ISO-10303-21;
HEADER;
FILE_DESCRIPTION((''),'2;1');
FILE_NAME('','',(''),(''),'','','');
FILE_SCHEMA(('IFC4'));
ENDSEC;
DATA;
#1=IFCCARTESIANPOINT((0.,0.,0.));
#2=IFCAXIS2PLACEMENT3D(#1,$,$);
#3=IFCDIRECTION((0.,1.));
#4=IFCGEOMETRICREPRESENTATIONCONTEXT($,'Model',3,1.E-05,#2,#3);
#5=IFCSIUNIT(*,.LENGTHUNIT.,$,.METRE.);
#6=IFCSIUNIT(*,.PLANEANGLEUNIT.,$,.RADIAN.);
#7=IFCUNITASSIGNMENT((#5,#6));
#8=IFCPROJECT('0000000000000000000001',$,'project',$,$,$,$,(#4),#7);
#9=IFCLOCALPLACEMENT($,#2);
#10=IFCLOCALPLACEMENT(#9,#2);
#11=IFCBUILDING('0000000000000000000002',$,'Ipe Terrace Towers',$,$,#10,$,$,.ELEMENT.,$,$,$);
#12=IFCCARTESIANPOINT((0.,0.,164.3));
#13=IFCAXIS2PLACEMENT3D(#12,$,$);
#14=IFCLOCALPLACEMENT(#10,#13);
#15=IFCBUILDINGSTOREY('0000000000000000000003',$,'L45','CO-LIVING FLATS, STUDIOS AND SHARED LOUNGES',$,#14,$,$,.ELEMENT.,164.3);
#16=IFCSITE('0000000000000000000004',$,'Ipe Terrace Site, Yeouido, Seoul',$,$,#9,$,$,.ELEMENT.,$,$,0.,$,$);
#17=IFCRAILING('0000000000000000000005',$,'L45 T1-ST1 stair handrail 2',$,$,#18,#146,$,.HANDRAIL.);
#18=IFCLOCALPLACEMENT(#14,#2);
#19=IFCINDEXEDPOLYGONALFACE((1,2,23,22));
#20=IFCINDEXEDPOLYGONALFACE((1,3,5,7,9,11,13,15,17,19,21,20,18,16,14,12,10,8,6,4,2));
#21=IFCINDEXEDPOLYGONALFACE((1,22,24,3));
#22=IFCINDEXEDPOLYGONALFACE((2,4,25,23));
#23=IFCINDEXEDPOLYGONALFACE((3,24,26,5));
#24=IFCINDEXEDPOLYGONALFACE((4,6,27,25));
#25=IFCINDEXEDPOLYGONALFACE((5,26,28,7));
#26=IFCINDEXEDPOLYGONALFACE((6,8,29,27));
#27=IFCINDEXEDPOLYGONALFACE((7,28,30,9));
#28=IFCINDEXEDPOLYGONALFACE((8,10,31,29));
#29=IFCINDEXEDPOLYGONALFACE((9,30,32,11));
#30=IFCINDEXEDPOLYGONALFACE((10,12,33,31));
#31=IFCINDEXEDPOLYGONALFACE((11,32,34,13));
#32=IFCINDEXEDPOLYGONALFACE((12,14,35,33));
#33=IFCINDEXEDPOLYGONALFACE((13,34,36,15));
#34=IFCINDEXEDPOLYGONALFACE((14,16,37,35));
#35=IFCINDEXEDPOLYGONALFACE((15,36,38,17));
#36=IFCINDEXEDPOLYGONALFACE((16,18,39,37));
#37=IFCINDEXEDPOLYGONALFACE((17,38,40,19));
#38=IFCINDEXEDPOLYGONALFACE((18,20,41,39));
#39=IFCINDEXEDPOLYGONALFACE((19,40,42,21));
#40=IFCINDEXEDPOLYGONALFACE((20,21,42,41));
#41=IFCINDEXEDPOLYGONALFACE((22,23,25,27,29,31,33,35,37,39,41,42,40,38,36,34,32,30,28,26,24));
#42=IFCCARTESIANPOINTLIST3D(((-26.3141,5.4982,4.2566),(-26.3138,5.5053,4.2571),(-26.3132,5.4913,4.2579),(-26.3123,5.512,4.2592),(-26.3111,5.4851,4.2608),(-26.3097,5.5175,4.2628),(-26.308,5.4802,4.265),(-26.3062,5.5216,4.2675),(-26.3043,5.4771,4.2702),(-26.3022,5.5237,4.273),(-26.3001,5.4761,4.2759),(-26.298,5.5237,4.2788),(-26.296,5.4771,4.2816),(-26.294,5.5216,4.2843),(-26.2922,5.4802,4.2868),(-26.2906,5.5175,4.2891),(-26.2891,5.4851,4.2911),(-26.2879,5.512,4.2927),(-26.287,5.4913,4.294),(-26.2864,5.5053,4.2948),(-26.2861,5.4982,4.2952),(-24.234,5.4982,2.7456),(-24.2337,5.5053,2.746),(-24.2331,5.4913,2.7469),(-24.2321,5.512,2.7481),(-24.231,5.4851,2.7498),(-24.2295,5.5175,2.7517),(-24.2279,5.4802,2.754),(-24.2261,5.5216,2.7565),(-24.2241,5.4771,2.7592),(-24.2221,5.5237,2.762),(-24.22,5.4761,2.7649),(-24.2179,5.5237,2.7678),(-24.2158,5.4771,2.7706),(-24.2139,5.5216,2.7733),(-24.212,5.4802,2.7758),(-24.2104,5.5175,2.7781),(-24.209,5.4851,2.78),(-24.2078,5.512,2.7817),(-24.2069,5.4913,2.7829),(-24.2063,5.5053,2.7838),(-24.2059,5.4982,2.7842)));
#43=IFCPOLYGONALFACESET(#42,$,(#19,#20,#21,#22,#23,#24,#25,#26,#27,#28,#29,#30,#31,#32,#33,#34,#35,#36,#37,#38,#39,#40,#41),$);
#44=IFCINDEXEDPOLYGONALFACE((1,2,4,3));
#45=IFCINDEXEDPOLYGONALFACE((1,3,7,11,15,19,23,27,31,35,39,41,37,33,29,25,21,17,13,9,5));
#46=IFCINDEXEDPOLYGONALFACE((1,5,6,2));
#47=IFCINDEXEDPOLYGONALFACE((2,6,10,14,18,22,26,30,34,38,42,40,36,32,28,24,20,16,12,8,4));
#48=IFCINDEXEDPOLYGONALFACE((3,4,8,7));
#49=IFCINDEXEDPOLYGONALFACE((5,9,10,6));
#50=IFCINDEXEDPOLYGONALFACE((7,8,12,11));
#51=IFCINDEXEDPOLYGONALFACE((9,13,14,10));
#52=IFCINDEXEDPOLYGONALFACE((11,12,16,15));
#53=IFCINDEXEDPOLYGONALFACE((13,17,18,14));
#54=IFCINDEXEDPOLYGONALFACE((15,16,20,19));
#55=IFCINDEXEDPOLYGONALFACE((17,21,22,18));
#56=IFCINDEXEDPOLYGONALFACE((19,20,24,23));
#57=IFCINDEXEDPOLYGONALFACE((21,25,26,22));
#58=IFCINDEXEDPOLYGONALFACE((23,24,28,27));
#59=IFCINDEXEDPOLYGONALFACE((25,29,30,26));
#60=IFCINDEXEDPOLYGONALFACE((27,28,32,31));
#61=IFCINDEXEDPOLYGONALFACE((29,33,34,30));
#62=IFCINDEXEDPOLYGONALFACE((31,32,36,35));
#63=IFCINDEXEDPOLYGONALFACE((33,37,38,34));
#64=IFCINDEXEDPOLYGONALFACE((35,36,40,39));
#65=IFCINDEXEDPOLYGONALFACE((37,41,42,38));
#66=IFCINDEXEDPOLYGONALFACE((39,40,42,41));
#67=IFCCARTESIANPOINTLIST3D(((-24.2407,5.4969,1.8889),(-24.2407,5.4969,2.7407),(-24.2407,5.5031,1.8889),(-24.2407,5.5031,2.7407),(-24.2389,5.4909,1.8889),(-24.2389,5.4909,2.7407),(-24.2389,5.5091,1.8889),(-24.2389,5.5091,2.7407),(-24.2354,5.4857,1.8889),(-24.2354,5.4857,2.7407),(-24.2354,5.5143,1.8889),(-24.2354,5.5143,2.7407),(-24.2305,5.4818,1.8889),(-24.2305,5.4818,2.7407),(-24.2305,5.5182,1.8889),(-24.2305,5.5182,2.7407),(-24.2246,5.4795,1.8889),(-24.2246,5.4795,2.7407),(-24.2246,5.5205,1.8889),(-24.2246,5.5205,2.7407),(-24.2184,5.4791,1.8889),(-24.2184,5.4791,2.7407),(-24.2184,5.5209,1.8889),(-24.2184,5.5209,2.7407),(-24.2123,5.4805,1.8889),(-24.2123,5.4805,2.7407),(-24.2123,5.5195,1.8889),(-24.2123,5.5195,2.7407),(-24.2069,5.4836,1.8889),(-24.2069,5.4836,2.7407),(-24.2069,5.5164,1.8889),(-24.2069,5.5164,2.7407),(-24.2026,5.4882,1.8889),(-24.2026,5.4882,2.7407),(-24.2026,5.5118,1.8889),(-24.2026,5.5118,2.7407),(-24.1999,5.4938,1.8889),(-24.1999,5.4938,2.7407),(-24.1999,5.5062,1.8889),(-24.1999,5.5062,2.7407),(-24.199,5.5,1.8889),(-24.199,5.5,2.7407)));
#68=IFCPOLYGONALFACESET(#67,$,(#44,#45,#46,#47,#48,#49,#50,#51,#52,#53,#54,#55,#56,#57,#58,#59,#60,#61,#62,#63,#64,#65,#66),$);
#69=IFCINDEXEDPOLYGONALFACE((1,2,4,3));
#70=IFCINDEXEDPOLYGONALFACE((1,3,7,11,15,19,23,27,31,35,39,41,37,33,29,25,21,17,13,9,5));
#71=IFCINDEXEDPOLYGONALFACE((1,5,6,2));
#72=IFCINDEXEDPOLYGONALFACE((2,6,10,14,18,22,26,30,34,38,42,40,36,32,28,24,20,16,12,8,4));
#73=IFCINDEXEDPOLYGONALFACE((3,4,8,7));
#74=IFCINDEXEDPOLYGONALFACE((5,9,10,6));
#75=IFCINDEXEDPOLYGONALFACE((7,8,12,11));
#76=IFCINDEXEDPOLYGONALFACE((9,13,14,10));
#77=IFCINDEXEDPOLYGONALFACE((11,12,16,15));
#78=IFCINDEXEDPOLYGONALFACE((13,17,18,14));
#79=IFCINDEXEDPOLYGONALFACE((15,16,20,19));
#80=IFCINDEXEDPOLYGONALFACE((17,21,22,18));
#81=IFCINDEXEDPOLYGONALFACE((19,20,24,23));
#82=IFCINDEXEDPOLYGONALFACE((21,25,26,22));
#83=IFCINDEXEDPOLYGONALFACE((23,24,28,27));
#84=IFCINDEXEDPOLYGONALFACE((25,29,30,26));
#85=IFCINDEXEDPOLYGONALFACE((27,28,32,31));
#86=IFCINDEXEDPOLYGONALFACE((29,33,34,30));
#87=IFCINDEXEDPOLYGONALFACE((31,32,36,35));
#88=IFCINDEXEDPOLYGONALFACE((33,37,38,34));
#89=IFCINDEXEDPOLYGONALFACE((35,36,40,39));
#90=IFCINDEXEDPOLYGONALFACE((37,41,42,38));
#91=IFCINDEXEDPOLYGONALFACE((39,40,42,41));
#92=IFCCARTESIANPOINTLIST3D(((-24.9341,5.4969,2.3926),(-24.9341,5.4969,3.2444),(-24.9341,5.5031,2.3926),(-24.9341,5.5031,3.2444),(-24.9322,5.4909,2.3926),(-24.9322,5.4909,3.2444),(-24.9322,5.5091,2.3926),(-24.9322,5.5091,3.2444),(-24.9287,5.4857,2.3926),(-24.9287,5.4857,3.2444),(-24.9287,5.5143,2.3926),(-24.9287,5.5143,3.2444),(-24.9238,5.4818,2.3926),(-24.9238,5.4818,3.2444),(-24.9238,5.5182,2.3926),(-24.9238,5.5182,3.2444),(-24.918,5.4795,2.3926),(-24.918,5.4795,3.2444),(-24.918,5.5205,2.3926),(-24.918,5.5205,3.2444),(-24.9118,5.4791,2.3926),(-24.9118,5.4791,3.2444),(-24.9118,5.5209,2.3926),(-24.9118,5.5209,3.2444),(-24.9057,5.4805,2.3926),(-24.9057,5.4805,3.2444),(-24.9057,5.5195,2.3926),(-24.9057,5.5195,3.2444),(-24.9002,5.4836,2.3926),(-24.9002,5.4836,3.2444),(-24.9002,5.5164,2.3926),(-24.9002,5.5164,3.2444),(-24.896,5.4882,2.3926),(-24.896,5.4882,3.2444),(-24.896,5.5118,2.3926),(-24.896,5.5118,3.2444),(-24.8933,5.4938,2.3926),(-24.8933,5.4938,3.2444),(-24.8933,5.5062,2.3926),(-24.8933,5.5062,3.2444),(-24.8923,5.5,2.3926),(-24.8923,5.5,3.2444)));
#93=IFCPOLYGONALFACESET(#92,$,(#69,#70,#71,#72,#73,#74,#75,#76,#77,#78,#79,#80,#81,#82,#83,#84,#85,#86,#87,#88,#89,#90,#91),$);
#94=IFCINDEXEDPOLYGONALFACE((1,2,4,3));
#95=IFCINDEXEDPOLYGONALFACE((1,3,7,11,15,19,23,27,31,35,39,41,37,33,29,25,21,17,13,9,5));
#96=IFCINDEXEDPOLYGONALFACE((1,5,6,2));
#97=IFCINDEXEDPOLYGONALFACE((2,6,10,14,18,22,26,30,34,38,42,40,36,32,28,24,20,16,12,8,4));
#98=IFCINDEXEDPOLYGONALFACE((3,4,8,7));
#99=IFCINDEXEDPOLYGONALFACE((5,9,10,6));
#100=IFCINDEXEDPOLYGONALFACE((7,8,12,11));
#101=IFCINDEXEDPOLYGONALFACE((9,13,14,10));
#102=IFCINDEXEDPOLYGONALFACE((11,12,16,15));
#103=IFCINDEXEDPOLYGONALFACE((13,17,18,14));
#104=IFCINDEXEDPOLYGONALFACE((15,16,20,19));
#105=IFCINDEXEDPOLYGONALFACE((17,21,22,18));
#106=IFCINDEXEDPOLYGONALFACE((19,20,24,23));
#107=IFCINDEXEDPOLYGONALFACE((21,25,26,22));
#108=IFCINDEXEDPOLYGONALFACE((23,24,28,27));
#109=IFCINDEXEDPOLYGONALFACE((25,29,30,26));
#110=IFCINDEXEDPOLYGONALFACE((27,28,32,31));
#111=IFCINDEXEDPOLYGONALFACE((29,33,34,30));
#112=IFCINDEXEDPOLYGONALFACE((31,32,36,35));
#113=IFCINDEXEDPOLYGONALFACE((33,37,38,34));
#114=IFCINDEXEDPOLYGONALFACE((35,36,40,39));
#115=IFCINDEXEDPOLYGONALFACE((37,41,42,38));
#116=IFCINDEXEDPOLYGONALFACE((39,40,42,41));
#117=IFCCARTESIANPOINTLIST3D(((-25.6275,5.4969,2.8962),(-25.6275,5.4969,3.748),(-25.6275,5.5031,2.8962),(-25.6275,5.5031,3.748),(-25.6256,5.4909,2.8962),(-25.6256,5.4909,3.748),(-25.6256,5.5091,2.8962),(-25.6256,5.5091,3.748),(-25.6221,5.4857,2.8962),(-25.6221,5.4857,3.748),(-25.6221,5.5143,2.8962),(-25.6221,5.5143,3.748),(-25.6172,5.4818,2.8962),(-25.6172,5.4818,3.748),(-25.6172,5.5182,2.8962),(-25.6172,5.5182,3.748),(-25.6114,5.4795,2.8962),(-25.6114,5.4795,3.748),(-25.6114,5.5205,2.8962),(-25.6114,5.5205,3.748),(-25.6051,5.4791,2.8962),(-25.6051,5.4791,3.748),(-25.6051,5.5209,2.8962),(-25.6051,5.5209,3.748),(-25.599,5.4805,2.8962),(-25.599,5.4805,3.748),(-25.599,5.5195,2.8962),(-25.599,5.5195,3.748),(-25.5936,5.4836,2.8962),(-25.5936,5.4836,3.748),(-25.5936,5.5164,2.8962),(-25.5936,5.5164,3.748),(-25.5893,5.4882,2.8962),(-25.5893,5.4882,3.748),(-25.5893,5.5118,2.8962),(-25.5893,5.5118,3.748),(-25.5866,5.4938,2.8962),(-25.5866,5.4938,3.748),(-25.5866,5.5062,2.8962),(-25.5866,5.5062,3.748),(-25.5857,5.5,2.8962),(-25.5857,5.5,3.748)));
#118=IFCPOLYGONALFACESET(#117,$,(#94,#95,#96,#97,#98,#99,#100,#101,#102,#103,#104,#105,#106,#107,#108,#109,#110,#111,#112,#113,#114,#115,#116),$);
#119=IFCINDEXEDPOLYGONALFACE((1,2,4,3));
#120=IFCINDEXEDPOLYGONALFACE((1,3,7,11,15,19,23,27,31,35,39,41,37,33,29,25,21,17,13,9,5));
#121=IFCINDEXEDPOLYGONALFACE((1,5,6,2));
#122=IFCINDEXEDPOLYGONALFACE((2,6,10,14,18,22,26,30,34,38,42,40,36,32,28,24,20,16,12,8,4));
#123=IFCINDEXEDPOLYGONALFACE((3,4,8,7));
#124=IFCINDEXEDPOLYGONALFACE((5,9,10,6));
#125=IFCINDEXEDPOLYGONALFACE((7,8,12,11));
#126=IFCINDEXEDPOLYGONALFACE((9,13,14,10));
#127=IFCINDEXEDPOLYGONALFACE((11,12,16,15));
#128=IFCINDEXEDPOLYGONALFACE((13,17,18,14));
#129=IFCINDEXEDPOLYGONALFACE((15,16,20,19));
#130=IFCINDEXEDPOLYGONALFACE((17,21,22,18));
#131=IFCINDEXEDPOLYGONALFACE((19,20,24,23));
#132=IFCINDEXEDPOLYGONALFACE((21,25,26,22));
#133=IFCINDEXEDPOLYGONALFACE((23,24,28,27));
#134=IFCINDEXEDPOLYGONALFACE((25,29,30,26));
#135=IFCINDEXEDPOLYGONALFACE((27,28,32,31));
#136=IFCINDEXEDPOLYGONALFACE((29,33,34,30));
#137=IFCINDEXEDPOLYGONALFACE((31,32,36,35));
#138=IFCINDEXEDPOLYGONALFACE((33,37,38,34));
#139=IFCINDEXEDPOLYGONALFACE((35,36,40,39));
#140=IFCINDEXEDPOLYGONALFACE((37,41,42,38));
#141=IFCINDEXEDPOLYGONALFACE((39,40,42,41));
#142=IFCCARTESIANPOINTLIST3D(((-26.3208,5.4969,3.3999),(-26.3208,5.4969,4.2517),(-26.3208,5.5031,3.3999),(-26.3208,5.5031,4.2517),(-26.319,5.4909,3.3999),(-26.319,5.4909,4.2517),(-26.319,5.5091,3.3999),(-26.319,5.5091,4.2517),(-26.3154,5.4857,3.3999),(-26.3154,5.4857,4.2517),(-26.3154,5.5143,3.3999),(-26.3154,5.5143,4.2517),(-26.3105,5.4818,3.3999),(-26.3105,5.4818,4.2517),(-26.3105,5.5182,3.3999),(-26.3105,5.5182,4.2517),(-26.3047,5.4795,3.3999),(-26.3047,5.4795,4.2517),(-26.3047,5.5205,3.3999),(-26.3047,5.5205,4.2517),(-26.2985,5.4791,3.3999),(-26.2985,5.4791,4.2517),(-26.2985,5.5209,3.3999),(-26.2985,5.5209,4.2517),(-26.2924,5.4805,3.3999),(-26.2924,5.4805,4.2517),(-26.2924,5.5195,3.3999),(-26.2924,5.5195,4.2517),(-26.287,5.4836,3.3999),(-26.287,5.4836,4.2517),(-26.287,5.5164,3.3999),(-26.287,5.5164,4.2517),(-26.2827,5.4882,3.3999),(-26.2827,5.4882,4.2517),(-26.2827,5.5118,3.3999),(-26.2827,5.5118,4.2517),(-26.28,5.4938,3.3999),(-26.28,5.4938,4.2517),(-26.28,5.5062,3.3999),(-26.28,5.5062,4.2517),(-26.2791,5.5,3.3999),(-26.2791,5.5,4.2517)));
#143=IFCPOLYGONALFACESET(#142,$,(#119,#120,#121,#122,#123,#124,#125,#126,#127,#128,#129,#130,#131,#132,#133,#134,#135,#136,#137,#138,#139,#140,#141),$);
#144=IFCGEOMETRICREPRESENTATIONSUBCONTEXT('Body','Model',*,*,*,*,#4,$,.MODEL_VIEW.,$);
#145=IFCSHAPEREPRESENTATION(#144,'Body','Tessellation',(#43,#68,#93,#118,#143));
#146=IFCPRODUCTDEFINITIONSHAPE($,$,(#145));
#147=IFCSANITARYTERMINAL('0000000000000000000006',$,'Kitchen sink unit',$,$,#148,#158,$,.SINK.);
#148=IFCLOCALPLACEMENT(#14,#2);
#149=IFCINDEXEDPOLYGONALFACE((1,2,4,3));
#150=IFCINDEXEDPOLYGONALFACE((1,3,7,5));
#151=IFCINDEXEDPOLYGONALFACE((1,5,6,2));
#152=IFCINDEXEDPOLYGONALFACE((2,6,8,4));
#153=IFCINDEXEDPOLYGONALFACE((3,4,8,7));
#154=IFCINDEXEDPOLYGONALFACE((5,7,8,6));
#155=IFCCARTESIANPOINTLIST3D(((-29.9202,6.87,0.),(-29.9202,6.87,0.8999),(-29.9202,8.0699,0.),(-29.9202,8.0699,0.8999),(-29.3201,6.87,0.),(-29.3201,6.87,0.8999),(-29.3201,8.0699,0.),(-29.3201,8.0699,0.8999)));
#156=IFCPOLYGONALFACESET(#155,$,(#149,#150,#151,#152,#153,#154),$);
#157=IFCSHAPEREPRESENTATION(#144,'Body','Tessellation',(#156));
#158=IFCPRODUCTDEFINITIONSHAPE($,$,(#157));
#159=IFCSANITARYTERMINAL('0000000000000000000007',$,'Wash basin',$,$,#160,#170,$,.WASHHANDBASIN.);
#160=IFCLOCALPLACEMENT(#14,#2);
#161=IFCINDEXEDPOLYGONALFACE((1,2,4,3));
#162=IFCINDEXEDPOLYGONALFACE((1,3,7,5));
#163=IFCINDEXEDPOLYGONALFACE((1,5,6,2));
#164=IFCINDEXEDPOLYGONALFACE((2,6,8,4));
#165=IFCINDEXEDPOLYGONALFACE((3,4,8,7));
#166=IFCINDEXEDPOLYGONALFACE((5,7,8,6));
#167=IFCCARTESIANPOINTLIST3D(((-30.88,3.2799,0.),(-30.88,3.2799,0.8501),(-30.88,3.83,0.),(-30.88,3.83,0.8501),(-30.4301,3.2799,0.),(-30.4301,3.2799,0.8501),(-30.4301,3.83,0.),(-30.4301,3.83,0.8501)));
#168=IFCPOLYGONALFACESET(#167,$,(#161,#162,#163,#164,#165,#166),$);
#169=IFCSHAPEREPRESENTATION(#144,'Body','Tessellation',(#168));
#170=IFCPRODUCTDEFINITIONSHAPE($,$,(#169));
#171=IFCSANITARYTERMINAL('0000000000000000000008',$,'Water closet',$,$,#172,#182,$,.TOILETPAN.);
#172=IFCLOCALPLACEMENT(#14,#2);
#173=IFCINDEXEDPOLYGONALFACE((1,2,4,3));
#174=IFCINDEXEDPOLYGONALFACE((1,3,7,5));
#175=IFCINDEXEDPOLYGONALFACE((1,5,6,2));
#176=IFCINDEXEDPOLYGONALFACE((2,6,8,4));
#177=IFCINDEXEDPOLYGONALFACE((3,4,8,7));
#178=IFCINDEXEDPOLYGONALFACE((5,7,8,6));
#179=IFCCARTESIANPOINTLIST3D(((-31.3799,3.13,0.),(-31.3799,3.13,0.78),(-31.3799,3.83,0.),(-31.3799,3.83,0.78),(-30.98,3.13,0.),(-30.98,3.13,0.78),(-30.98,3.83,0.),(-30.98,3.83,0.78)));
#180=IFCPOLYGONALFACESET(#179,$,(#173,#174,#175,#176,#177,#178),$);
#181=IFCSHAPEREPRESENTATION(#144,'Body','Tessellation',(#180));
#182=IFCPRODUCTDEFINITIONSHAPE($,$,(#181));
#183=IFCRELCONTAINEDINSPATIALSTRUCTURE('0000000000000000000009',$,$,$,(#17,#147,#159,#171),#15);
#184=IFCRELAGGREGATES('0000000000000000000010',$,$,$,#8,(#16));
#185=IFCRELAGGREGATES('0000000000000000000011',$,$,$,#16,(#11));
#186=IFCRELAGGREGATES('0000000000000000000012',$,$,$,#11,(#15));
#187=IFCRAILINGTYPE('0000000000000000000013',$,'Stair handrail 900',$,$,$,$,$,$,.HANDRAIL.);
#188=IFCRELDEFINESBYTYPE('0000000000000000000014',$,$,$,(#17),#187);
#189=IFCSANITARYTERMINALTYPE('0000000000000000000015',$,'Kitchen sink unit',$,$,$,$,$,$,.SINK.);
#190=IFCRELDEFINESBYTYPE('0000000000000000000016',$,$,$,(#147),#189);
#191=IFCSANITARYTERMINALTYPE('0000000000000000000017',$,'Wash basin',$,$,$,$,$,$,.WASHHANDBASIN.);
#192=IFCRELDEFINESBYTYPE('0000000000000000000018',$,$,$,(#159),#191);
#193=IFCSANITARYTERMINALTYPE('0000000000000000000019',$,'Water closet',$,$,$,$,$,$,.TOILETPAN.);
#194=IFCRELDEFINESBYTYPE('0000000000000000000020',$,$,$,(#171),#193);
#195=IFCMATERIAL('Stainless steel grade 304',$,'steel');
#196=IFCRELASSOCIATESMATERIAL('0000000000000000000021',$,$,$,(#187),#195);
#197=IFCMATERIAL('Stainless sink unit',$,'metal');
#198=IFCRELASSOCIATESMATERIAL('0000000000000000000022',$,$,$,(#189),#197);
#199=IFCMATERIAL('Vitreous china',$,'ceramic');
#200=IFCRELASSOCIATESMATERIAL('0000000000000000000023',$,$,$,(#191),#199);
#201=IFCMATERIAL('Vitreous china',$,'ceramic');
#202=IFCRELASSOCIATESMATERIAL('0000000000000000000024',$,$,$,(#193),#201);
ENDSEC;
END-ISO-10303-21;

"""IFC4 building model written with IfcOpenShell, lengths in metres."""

from ifc_helpers import new_model, si_unit, direction, frame, origin, origin_2d, place, context, subcontext, project, spatial, rectangle, circle, extrude, material, type_object, element, save


model = new_model("IFC4")

# Units and contexts
model_context = context("Model", 3, precision=1e-05, world=origin(), true_north=direction((0.0, 1.0)))
body_context = subcontext(model_context, "Body", "Model", "MODEL_VIEW")
ifc_project = project(units=[si_unit("LENGTHUNIT", "METRE"), si_unit("PLANEANGLEUNIT", "RADIAN")], contexts=[model_context])

# Site, building, storey
site_placement = place(None, origin())
site = spatial("IfcSite", under=ifc_project, at=site_placement, Name="Ipe Terrace Site, Yeouido, Seoul", CompositionType="ELEMENT", RefElevation=0.0)
building_placement = place(site_placement, origin())
building = spatial("IfcBuilding", under=site, at=building_placement, Name="Ipe Terrace Towers", CompositionType="ELEMENT")
storey_placement = place(building_placement, frame((0.0, 0.0, 164.3)))
storey = spatial("IfcBuildingStorey", under=building, at=storey_placement, Name="L45", Description="CO-LIVING FLATS, STUDIOS AND SHARED LOUNGES", CompositionType="ELEMENT", Elevation=164.3)

# Railing
ifc_material_1 = material(Name="Stainless steel grade 304", Category="steel")
railing_type_1 = type_object("IfcRailingType", Name="Stair handrail 900", PredefinedType="HANDRAIL", material=ifc_material_1)
railing_1_placement = place(storey_placement, frame((-24.22, 5.5, 1.8889)))
element("IfcRailing", 1, at=railing_1_placement, inside=storey, type_object=railing_type_1, Name="L45 T1-ST1 stair handrail 2", PredefinedType="HANDRAIL", context=body_context, shape_type="SweptSolid", body=[
    extrude(circle(Radius=0.0239, at=origin_2d()), frame((0.0, 0.0, 0.876), z_axis=(-0.809069, 0.0, 0.587714), x_axis=(0.0, -1.0, 0.0)), (0.0, 0.0, 1.0), 2.571),
    extrude(circle(Radius=0.021, at=origin_2d()), origin(), (0.0, 0.0, 1.0), 0.8518),
    extrude(circle(Radius=0.021, at=origin_2d()), frame((-0.6934, 0.0, 0.5037)), (0.0, 0.0, 1.0), 0.8518),
    extrude(circle(Radius=0.021, at=origin_2d()), frame((-1.3867, 0.0, 1.0073)), (0.0, 0.0, 1.0), 0.8518),
    extrude(circle(Radius=0.021, at=origin_2d()), frame((-2.0801, 0.0, 1.511)), (0.0, 0.0, 1.0), 0.8518),
])

# Sanitary terminals
ifc_material_2 = material(Name="Stainless sink unit", Category="metal")
sanitary_terminal_type_1 = type_object("IfcSanitaryTerminalType", Name="Kitchen sink unit", PredefinedType="SINK", material=ifc_material_2)
sanitary_terminal_1_placement = place(storey_placement, frame((-29.6201, 7.47, 0.0), z_axis=(0.0, 0.0, 1.0), x_axis=(0.0, -1.0, 0.0)))
element("IfcSanitaryTerminal", 2, at=sanitary_terminal_1_placement, inside=storey, type_object=sanitary_terminal_type_1, Name="Kitchen sink unit", PredefinedType="SINK", context=body_context, shape_type="SweptSolid", body=[
    extrude(rectangle(XDim=1.2, YDim=0.6001, at=origin_2d()), origin(), (0.0, 0.0, 1.0), 0.8999),
])
ifc_material_3 = material(Name="Vitreous china", Category="ceramic")
sanitary_terminal_type_2 = type_object("IfcSanitaryTerminalType", Name="Wash basin", PredefinedType="WASHHANDBASIN", material=ifc_material_3)
sanitary_terminal_2_placement = place(storey_placement, frame((-30.655, 3.5549, 0.0), z_axis=(0.0, 0.0, 1.0), x_axis=(0.0, -1.0, 0.0)))
element("IfcSanitaryTerminal", 3, at=sanitary_terminal_2_placement, inside=storey, type_object=sanitary_terminal_type_2, Name="Wash basin", PredefinedType="WASHHANDBASIN", context=body_context, shape_type="SweptSolid", body=[
    extrude(rectangle(XDim=0.55, YDim=0.45, at=origin_2d()), origin(), (0.0, 0.0, 1.0), 0.8501),
])
ifc_material_4 = material(Name="Vitreous china", Category="ceramic")
sanitary_terminal_type_3 = type_object("IfcSanitaryTerminalType", Name="Water closet", PredefinedType="TOILETPAN", material=ifc_material_4)
sanitary_terminal_3_placement = place(storey_placement, frame((-31.1799, 3.48, 0.0), z_axis=(0.0, 0.0, 1.0), x_axis=(0.0, -1.0, 0.0)))
element("IfcSanitaryTerminal", 4, at=sanitary_terminal_3_placement, inside=storey, type_object=sanitary_terminal_type_3, Name="Water closet", PredefinedType="TOILETPAN", context=body_context, shape_type="SweptSolid", body=[
    extrude(rectangle(XDim=0.7, YDim=0.3999, at=origin_2d()), origin(), (0.0, 0.0, 1.0), 0.78),
])

save(model, "model.ifc")
